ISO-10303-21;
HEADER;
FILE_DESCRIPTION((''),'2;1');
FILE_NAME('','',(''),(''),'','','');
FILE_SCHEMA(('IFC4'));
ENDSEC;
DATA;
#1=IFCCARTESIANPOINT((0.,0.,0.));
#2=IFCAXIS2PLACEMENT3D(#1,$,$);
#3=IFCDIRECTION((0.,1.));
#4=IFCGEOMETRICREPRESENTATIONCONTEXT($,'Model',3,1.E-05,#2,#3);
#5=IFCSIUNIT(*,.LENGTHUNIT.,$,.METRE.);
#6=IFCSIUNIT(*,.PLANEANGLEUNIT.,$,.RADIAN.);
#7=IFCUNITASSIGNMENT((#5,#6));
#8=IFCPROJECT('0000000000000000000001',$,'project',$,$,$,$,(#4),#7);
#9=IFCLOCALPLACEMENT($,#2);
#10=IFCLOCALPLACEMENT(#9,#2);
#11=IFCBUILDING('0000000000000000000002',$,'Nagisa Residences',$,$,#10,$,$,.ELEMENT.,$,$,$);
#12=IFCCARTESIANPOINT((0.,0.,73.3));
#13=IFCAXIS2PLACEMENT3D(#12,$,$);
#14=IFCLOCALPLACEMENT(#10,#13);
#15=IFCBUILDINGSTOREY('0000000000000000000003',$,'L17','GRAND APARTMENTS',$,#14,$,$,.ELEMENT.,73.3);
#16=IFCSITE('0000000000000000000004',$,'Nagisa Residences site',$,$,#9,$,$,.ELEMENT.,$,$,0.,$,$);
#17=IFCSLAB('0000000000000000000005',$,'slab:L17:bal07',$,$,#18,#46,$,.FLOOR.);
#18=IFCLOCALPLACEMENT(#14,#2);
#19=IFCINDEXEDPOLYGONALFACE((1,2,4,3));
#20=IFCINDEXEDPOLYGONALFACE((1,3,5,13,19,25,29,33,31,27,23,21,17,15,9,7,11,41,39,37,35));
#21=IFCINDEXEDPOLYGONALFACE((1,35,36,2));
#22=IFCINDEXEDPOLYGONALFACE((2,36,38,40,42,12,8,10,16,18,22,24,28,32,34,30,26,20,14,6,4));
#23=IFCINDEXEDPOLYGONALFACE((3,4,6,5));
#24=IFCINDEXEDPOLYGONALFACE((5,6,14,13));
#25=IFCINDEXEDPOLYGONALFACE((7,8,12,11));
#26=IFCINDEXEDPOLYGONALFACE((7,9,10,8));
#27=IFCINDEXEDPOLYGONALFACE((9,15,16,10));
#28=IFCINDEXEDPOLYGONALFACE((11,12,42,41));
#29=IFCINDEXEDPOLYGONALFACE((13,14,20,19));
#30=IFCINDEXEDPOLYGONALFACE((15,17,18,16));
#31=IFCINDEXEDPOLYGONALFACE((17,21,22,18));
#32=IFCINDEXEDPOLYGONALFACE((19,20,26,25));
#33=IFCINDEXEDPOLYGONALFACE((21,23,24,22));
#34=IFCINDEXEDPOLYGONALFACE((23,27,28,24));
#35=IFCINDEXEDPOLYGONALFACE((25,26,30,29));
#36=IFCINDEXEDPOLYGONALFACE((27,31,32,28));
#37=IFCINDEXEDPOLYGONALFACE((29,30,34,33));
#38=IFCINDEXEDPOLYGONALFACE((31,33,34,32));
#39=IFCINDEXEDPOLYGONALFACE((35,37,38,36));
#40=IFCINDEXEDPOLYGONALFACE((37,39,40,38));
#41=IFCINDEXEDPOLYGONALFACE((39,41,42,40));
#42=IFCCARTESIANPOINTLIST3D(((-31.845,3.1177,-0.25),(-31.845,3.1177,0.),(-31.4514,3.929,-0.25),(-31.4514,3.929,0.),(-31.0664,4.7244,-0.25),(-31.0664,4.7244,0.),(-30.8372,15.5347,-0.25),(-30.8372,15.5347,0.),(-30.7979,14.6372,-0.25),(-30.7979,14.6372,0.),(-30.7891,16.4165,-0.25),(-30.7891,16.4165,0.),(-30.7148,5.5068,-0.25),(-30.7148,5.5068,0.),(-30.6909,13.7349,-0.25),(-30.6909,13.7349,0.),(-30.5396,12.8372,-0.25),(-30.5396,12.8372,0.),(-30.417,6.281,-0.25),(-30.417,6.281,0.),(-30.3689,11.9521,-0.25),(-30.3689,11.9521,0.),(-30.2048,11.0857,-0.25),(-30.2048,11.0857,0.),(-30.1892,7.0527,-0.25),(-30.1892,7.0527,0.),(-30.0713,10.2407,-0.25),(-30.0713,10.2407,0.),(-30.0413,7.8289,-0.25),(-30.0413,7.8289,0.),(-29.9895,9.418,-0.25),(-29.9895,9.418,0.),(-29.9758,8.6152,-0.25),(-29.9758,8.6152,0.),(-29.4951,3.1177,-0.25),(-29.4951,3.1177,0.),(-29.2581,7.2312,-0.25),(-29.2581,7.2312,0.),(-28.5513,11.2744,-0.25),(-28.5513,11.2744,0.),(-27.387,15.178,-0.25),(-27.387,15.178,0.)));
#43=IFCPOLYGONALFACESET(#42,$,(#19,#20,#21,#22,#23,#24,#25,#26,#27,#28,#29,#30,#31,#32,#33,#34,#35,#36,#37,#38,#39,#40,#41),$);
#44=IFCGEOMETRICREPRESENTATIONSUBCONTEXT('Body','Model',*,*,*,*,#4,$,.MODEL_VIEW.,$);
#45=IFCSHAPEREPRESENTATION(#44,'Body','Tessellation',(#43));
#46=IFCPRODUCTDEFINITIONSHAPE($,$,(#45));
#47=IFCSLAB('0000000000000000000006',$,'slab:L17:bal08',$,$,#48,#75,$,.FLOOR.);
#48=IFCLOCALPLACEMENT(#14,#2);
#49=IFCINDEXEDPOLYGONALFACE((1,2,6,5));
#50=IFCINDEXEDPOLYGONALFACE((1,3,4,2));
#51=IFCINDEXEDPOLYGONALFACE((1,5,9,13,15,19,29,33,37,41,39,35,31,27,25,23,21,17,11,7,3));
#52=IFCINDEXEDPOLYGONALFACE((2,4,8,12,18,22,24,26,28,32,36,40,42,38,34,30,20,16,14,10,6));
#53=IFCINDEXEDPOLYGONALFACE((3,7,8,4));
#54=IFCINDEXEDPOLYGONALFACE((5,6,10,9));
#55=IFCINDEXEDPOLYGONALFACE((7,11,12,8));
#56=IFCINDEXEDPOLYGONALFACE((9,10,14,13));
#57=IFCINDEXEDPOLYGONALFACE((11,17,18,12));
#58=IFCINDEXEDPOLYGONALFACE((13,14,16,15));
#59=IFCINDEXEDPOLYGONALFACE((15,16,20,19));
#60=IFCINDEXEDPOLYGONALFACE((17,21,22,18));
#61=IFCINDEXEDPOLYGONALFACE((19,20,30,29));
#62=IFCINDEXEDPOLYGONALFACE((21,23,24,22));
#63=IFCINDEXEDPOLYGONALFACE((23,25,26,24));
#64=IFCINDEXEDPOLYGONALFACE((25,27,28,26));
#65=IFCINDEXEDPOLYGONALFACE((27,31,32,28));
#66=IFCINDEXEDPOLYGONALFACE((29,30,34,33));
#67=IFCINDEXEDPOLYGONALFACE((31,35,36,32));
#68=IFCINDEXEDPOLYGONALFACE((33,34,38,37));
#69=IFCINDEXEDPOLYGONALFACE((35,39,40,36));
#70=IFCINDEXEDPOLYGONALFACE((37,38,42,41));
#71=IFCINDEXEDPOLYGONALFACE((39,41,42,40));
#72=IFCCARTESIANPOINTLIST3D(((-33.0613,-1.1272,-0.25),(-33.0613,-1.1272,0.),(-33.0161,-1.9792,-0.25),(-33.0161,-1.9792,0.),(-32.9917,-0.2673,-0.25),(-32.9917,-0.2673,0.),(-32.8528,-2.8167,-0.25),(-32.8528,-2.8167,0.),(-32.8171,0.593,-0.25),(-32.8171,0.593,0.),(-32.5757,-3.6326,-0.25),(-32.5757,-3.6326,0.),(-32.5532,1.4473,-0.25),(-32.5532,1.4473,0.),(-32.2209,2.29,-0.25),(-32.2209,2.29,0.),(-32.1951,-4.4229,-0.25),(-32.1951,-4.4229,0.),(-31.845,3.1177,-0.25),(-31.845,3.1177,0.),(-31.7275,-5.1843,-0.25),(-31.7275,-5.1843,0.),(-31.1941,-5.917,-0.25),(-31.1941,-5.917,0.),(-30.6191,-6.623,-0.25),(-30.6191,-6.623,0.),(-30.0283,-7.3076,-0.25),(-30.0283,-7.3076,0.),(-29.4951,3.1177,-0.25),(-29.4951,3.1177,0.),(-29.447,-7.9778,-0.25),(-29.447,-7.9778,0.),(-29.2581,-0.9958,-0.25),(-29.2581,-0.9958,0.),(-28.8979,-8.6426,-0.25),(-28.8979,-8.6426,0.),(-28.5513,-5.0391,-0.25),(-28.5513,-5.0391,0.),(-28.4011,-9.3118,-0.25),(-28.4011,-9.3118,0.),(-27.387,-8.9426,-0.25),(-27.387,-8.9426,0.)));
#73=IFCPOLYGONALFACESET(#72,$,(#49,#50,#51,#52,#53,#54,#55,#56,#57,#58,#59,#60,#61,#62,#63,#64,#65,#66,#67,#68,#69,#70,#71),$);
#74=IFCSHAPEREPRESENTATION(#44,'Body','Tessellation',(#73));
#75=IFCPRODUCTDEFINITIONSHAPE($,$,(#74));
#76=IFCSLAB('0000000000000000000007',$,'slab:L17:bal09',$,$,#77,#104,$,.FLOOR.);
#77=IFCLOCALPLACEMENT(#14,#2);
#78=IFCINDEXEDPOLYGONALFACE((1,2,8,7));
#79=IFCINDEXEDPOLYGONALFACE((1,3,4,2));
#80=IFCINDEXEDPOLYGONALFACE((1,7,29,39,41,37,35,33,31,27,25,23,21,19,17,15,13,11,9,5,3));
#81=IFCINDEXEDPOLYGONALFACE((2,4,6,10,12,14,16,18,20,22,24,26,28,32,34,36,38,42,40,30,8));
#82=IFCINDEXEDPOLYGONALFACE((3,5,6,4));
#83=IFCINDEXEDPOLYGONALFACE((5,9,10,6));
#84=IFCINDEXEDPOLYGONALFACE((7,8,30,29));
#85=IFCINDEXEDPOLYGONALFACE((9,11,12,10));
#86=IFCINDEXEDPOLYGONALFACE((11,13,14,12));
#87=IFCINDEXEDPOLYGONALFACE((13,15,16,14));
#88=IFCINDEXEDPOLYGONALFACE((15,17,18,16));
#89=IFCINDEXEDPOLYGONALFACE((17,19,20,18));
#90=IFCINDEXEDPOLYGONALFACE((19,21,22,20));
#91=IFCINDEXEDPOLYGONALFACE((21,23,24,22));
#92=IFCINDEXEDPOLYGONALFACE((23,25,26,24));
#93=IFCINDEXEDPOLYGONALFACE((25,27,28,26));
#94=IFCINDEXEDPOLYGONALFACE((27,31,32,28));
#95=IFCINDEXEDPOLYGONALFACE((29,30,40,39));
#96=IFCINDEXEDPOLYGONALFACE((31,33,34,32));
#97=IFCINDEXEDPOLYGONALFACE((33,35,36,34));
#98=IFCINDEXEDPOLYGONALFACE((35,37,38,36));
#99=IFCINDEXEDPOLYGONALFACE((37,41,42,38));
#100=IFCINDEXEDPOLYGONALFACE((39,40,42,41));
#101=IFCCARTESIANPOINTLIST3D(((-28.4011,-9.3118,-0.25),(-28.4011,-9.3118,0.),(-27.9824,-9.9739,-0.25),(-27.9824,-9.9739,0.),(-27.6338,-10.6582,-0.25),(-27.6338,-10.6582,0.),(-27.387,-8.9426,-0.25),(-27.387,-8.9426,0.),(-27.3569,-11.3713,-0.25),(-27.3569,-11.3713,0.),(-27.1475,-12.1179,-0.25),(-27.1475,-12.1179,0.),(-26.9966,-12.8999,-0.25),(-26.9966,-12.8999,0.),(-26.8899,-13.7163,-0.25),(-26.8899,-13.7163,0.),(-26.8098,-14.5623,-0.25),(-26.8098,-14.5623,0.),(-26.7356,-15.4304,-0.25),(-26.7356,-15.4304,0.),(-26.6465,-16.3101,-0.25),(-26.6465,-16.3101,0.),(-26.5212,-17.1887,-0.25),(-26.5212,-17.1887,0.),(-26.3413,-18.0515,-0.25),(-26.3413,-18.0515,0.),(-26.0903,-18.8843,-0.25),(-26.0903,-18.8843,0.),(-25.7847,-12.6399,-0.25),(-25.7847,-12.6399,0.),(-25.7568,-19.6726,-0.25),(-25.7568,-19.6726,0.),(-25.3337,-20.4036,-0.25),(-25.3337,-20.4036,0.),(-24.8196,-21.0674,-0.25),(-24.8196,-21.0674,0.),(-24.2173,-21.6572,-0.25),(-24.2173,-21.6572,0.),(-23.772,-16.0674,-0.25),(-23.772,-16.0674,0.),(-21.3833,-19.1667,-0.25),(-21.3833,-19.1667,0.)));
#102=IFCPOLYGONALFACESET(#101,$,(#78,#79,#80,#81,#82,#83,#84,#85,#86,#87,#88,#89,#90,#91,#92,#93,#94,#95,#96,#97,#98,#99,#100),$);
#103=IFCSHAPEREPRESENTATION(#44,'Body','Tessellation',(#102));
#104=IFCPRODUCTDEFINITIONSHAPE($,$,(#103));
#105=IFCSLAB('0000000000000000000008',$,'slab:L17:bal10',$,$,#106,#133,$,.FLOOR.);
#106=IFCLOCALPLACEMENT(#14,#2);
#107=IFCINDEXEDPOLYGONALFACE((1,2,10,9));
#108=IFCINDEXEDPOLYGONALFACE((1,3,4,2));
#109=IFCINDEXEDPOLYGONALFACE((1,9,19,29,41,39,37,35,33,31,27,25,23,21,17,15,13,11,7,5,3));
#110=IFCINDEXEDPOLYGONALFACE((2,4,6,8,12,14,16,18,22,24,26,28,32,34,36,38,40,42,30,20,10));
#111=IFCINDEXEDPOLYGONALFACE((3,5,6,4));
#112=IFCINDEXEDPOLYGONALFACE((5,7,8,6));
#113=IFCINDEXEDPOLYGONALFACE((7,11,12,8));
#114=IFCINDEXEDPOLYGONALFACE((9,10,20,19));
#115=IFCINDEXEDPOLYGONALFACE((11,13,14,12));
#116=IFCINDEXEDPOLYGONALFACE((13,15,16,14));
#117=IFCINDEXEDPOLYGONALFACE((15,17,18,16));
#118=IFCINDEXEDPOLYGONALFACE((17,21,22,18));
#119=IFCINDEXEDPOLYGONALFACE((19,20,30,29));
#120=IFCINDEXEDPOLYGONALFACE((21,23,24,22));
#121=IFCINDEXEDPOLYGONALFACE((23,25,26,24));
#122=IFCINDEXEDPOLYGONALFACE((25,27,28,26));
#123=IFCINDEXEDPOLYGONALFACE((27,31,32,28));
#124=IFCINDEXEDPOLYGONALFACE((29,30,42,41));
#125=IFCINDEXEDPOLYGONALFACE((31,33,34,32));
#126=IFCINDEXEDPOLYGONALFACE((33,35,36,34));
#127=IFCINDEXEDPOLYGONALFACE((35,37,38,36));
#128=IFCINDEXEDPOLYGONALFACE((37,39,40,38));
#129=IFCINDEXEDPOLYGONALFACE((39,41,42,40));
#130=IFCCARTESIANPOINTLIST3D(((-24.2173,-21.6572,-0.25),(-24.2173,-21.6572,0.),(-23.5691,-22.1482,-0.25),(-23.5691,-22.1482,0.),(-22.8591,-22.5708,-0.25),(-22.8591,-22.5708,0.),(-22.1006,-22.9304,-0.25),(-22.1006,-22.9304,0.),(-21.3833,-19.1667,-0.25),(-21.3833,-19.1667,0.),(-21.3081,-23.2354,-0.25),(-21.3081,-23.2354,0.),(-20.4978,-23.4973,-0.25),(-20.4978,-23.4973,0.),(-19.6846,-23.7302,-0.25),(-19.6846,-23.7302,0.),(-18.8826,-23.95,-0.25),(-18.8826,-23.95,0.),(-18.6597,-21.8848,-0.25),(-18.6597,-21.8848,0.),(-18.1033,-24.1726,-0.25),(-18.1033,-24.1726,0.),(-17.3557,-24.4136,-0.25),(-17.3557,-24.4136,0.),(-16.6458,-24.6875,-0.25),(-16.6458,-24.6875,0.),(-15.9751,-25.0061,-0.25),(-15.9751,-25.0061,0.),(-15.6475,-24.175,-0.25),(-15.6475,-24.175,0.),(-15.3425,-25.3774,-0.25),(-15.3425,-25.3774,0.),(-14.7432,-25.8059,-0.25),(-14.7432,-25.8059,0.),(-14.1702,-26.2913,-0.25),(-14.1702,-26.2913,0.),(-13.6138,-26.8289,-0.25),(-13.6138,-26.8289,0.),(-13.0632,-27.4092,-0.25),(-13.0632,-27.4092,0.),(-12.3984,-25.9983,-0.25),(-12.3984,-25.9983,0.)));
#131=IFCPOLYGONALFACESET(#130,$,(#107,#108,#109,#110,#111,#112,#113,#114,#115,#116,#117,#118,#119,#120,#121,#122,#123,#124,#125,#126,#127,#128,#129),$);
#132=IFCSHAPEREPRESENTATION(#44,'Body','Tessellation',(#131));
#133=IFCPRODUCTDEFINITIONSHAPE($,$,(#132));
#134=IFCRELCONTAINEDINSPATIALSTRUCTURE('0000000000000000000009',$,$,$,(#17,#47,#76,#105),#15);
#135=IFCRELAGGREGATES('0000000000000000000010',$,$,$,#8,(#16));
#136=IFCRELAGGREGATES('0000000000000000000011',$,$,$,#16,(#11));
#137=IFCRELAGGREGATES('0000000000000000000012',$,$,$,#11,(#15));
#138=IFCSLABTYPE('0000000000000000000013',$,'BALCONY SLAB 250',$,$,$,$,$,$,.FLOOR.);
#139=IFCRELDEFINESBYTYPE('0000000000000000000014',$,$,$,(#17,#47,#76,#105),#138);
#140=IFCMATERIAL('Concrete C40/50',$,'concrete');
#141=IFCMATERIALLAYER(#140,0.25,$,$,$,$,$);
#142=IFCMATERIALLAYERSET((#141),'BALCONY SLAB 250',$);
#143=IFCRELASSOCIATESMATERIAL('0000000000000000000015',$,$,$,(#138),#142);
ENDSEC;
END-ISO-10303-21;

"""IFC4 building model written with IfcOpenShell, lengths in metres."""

from ifc_helpers import new_model, si_unit, direction, frame, origin, place, context, subcontext, project, spatial, polyline, outline, extrude, material, layer, layer_set, type_object, element, save


model = new_model("IFC4")

# Units and contexts
model_context = context("Model", 3, precision=1e-05, world=origin(), true_north=direction((0.0, 1.0)))
body_context = subcontext(model_context, "Body", "Model", "MODEL_VIEW")
ifc_project = project(units=[si_unit("LENGTHUNIT", "METRE"), si_unit("PLANEANGLEUNIT", "RADIAN")], contexts=[model_context])

# Site, building, storey
site_placement = place(None, origin())
site = spatial("IfcSite", under=ifc_project, at=site_placement, Name="Nagisa Residences site", CompositionType="ELEMENT", RefElevation=0.0)
building_placement = place(site_placement, origin())
building = spatial("IfcBuilding", under=site, at=building_placement, Name="Nagisa Residences", CompositionType="ELEMENT")
storey_placement = place(building_placement, frame((0.0, 0.0, 73.3)))
storey = spatial("IfcBuildingStorey", under=building, at=storey_placement, Name="L17", Description="GRAND APARTMENTS", CompositionType="ELEMENT", Elevation=73.3)

# Slabs
ifc_material_1 = material(Name="Concrete C40/50", Category="concrete")
ifc_layer_1 = layer(ifc_material_1, 0.25)
ifc_layer_set_1 = layer_set([ifc_layer_1], Name="BALCONY SLAB 250")
slab_type_1 = type_object("IfcSlabType", Name="BALCONY SLAB 250", PredefinedType="FLOOR", material=ifc_layer_set_1)
slab_1_placement = place(storey_placement, frame((0.0, 0.0, -0.25)))
element("IfcSlab", 1, at=slab_1_placement, inside=storey, type_object=slab_type_1, Name="slab:L17:bal07", PredefinedType="FLOOR", context=body_context, shape_type="SweptSolid", body=[
    extrude(outline(polyline([(-30.7891, 16.4165), (-30.8372, 15.5347), (-30.7979, 14.6372), (-30.6909, 13.7349), (-30.5396, 12.8372), (-30.3689, 11.9521), (-30.2048, 11.0857), (-30.0713, 10.2407), (-29.9895, 9.418), (-29.9758, 8.6152), (-30.0413, 7.8289), (-30.1892, 7.0527), (-30.417, 6.281), (-30.7148, 5.5068), (-31.0664, 4.7244), (-31.4514, 3.929), (-31.845, 3.1177), (-29.4951, 3.1177), (-29.2581, 7.2312), (-28.5513, 11.2744), (-27.387, 15.178), (-30.7891, 16.4165)])), origin(), (0.0, 0.0, 1.0), 0.25),
])
slab_2_placement = place(storey_placement, frame((0.0, 0.0, -0.25)))
element("IfcSlab", 2, at=slab_2_placement, inside=storey, type_object=slab_type_1, Name="slab:L17:bal08", PredefinedType="FLOOR", context=body_context, shape_type="SweptSolid", body=[
    extrude(outline(polyline([(-31.845, 3.1177), (-32.2209, 2.29), (-32.5532, 1.4473), (-32.8171, 0.593), (-32.9917, -0.2673), (-33.0613, -1.1272), (-33.0161, -1.9792), (-32.8528, -2.8167), (-32.5757, -3.6326), (-32.1951, -4.4229), (-31.7275, -5.1843), (-31.1941, -5.917), (-30.6191, -6.623), (-30.0283, -7.3076), (-29.447, -7.9778), (-28.8979, -8.6426), (-28.4011, -9.3118), (-27.387, -8.9426), (-28.5513, -5.0391), (-29.2581, -0.9958), (-29.4951, 3.1177), (-31.845, 3.1177)])), origin(), (0.0, 0.0, 1.0), 0.25),
])
slab_3_placement = place(storey_placement, frame((0.0, 0.0, -0.25)))
element("IfcSlab", 3, at=slab_3_placement, inside=storey, type_object=slab_type_1, Name="slab:L17:bal09", PredefinedType="FLOOR", context=body_context, shape_type="SweptSolid", body=[
    extrude(outline(polyline([(-28.4011, -9.3118), (-27.9824, -9.9739), (-27.6338, -10.6582), (-27.3569, -11.3713), (-27.1475, -12.1179), (-26.9966, -12.8999), (-26.8899, -13.7163), (-26.8098, -14.5623), (-26.7356, -15.4304), (-26.6465, -16.3101), (-26.5212, -17.1887), (-26.3413, -18.0515), (-26.0903, -18.8843), (-25.7568, -19.6726), (-25.3337, -20.4036), (-24.8196, -21.0674), (-24.2173, -21.6572), (-21.3833, -19.1667), (-23.772, -16.0674), (-25.7847, -12.6399), (-27.387, -8.9426), (-28.4011, -9.3118)])), origin(), (0.0, 0.0, 1.0), 0.25),
])
slab_4_placement = place(storey_placement, frame((0.0, 0.0, -0.25)))
element("IfcSlab", 4, at=slab_4_placement, inside=storey, type_object=slab_type_1, Name="slab:L17:bal10", PredefinedType="FLOOR", context=body_context, shape_type="SweptSolid", body=[
    extrude(outline(polyline([(-24.2173, -21.6572), (-23.5691, -22.1482), (-22.8591, -22.5708), (-22.1006, -22.9304), (-21.3081, -23.2354), (-20.4978, -23.4973), (-19.6846, -23.7302), (-18.8826, -23.95), (-18.1033, -24.1726), (-17.3557, -24.4136), (-16.6458, -24.6875), (-15.9751, -25.0061), (-15.3425, -25.3774), (-14.7432, -25.8059), (-14.1702, -26.2913), (-13.6138, -26.8289), (-13.0632, -27.4092), (-12.3984, -25.9983), (-15.6475, -24.175), (-18.6597, -21.8848), (-21.3833, -19.1667), (-24.2173, -21.6572)])), origin(), (0.0, 0.0, 1.0), 0.25),
])

save(model, "model.ifc")
